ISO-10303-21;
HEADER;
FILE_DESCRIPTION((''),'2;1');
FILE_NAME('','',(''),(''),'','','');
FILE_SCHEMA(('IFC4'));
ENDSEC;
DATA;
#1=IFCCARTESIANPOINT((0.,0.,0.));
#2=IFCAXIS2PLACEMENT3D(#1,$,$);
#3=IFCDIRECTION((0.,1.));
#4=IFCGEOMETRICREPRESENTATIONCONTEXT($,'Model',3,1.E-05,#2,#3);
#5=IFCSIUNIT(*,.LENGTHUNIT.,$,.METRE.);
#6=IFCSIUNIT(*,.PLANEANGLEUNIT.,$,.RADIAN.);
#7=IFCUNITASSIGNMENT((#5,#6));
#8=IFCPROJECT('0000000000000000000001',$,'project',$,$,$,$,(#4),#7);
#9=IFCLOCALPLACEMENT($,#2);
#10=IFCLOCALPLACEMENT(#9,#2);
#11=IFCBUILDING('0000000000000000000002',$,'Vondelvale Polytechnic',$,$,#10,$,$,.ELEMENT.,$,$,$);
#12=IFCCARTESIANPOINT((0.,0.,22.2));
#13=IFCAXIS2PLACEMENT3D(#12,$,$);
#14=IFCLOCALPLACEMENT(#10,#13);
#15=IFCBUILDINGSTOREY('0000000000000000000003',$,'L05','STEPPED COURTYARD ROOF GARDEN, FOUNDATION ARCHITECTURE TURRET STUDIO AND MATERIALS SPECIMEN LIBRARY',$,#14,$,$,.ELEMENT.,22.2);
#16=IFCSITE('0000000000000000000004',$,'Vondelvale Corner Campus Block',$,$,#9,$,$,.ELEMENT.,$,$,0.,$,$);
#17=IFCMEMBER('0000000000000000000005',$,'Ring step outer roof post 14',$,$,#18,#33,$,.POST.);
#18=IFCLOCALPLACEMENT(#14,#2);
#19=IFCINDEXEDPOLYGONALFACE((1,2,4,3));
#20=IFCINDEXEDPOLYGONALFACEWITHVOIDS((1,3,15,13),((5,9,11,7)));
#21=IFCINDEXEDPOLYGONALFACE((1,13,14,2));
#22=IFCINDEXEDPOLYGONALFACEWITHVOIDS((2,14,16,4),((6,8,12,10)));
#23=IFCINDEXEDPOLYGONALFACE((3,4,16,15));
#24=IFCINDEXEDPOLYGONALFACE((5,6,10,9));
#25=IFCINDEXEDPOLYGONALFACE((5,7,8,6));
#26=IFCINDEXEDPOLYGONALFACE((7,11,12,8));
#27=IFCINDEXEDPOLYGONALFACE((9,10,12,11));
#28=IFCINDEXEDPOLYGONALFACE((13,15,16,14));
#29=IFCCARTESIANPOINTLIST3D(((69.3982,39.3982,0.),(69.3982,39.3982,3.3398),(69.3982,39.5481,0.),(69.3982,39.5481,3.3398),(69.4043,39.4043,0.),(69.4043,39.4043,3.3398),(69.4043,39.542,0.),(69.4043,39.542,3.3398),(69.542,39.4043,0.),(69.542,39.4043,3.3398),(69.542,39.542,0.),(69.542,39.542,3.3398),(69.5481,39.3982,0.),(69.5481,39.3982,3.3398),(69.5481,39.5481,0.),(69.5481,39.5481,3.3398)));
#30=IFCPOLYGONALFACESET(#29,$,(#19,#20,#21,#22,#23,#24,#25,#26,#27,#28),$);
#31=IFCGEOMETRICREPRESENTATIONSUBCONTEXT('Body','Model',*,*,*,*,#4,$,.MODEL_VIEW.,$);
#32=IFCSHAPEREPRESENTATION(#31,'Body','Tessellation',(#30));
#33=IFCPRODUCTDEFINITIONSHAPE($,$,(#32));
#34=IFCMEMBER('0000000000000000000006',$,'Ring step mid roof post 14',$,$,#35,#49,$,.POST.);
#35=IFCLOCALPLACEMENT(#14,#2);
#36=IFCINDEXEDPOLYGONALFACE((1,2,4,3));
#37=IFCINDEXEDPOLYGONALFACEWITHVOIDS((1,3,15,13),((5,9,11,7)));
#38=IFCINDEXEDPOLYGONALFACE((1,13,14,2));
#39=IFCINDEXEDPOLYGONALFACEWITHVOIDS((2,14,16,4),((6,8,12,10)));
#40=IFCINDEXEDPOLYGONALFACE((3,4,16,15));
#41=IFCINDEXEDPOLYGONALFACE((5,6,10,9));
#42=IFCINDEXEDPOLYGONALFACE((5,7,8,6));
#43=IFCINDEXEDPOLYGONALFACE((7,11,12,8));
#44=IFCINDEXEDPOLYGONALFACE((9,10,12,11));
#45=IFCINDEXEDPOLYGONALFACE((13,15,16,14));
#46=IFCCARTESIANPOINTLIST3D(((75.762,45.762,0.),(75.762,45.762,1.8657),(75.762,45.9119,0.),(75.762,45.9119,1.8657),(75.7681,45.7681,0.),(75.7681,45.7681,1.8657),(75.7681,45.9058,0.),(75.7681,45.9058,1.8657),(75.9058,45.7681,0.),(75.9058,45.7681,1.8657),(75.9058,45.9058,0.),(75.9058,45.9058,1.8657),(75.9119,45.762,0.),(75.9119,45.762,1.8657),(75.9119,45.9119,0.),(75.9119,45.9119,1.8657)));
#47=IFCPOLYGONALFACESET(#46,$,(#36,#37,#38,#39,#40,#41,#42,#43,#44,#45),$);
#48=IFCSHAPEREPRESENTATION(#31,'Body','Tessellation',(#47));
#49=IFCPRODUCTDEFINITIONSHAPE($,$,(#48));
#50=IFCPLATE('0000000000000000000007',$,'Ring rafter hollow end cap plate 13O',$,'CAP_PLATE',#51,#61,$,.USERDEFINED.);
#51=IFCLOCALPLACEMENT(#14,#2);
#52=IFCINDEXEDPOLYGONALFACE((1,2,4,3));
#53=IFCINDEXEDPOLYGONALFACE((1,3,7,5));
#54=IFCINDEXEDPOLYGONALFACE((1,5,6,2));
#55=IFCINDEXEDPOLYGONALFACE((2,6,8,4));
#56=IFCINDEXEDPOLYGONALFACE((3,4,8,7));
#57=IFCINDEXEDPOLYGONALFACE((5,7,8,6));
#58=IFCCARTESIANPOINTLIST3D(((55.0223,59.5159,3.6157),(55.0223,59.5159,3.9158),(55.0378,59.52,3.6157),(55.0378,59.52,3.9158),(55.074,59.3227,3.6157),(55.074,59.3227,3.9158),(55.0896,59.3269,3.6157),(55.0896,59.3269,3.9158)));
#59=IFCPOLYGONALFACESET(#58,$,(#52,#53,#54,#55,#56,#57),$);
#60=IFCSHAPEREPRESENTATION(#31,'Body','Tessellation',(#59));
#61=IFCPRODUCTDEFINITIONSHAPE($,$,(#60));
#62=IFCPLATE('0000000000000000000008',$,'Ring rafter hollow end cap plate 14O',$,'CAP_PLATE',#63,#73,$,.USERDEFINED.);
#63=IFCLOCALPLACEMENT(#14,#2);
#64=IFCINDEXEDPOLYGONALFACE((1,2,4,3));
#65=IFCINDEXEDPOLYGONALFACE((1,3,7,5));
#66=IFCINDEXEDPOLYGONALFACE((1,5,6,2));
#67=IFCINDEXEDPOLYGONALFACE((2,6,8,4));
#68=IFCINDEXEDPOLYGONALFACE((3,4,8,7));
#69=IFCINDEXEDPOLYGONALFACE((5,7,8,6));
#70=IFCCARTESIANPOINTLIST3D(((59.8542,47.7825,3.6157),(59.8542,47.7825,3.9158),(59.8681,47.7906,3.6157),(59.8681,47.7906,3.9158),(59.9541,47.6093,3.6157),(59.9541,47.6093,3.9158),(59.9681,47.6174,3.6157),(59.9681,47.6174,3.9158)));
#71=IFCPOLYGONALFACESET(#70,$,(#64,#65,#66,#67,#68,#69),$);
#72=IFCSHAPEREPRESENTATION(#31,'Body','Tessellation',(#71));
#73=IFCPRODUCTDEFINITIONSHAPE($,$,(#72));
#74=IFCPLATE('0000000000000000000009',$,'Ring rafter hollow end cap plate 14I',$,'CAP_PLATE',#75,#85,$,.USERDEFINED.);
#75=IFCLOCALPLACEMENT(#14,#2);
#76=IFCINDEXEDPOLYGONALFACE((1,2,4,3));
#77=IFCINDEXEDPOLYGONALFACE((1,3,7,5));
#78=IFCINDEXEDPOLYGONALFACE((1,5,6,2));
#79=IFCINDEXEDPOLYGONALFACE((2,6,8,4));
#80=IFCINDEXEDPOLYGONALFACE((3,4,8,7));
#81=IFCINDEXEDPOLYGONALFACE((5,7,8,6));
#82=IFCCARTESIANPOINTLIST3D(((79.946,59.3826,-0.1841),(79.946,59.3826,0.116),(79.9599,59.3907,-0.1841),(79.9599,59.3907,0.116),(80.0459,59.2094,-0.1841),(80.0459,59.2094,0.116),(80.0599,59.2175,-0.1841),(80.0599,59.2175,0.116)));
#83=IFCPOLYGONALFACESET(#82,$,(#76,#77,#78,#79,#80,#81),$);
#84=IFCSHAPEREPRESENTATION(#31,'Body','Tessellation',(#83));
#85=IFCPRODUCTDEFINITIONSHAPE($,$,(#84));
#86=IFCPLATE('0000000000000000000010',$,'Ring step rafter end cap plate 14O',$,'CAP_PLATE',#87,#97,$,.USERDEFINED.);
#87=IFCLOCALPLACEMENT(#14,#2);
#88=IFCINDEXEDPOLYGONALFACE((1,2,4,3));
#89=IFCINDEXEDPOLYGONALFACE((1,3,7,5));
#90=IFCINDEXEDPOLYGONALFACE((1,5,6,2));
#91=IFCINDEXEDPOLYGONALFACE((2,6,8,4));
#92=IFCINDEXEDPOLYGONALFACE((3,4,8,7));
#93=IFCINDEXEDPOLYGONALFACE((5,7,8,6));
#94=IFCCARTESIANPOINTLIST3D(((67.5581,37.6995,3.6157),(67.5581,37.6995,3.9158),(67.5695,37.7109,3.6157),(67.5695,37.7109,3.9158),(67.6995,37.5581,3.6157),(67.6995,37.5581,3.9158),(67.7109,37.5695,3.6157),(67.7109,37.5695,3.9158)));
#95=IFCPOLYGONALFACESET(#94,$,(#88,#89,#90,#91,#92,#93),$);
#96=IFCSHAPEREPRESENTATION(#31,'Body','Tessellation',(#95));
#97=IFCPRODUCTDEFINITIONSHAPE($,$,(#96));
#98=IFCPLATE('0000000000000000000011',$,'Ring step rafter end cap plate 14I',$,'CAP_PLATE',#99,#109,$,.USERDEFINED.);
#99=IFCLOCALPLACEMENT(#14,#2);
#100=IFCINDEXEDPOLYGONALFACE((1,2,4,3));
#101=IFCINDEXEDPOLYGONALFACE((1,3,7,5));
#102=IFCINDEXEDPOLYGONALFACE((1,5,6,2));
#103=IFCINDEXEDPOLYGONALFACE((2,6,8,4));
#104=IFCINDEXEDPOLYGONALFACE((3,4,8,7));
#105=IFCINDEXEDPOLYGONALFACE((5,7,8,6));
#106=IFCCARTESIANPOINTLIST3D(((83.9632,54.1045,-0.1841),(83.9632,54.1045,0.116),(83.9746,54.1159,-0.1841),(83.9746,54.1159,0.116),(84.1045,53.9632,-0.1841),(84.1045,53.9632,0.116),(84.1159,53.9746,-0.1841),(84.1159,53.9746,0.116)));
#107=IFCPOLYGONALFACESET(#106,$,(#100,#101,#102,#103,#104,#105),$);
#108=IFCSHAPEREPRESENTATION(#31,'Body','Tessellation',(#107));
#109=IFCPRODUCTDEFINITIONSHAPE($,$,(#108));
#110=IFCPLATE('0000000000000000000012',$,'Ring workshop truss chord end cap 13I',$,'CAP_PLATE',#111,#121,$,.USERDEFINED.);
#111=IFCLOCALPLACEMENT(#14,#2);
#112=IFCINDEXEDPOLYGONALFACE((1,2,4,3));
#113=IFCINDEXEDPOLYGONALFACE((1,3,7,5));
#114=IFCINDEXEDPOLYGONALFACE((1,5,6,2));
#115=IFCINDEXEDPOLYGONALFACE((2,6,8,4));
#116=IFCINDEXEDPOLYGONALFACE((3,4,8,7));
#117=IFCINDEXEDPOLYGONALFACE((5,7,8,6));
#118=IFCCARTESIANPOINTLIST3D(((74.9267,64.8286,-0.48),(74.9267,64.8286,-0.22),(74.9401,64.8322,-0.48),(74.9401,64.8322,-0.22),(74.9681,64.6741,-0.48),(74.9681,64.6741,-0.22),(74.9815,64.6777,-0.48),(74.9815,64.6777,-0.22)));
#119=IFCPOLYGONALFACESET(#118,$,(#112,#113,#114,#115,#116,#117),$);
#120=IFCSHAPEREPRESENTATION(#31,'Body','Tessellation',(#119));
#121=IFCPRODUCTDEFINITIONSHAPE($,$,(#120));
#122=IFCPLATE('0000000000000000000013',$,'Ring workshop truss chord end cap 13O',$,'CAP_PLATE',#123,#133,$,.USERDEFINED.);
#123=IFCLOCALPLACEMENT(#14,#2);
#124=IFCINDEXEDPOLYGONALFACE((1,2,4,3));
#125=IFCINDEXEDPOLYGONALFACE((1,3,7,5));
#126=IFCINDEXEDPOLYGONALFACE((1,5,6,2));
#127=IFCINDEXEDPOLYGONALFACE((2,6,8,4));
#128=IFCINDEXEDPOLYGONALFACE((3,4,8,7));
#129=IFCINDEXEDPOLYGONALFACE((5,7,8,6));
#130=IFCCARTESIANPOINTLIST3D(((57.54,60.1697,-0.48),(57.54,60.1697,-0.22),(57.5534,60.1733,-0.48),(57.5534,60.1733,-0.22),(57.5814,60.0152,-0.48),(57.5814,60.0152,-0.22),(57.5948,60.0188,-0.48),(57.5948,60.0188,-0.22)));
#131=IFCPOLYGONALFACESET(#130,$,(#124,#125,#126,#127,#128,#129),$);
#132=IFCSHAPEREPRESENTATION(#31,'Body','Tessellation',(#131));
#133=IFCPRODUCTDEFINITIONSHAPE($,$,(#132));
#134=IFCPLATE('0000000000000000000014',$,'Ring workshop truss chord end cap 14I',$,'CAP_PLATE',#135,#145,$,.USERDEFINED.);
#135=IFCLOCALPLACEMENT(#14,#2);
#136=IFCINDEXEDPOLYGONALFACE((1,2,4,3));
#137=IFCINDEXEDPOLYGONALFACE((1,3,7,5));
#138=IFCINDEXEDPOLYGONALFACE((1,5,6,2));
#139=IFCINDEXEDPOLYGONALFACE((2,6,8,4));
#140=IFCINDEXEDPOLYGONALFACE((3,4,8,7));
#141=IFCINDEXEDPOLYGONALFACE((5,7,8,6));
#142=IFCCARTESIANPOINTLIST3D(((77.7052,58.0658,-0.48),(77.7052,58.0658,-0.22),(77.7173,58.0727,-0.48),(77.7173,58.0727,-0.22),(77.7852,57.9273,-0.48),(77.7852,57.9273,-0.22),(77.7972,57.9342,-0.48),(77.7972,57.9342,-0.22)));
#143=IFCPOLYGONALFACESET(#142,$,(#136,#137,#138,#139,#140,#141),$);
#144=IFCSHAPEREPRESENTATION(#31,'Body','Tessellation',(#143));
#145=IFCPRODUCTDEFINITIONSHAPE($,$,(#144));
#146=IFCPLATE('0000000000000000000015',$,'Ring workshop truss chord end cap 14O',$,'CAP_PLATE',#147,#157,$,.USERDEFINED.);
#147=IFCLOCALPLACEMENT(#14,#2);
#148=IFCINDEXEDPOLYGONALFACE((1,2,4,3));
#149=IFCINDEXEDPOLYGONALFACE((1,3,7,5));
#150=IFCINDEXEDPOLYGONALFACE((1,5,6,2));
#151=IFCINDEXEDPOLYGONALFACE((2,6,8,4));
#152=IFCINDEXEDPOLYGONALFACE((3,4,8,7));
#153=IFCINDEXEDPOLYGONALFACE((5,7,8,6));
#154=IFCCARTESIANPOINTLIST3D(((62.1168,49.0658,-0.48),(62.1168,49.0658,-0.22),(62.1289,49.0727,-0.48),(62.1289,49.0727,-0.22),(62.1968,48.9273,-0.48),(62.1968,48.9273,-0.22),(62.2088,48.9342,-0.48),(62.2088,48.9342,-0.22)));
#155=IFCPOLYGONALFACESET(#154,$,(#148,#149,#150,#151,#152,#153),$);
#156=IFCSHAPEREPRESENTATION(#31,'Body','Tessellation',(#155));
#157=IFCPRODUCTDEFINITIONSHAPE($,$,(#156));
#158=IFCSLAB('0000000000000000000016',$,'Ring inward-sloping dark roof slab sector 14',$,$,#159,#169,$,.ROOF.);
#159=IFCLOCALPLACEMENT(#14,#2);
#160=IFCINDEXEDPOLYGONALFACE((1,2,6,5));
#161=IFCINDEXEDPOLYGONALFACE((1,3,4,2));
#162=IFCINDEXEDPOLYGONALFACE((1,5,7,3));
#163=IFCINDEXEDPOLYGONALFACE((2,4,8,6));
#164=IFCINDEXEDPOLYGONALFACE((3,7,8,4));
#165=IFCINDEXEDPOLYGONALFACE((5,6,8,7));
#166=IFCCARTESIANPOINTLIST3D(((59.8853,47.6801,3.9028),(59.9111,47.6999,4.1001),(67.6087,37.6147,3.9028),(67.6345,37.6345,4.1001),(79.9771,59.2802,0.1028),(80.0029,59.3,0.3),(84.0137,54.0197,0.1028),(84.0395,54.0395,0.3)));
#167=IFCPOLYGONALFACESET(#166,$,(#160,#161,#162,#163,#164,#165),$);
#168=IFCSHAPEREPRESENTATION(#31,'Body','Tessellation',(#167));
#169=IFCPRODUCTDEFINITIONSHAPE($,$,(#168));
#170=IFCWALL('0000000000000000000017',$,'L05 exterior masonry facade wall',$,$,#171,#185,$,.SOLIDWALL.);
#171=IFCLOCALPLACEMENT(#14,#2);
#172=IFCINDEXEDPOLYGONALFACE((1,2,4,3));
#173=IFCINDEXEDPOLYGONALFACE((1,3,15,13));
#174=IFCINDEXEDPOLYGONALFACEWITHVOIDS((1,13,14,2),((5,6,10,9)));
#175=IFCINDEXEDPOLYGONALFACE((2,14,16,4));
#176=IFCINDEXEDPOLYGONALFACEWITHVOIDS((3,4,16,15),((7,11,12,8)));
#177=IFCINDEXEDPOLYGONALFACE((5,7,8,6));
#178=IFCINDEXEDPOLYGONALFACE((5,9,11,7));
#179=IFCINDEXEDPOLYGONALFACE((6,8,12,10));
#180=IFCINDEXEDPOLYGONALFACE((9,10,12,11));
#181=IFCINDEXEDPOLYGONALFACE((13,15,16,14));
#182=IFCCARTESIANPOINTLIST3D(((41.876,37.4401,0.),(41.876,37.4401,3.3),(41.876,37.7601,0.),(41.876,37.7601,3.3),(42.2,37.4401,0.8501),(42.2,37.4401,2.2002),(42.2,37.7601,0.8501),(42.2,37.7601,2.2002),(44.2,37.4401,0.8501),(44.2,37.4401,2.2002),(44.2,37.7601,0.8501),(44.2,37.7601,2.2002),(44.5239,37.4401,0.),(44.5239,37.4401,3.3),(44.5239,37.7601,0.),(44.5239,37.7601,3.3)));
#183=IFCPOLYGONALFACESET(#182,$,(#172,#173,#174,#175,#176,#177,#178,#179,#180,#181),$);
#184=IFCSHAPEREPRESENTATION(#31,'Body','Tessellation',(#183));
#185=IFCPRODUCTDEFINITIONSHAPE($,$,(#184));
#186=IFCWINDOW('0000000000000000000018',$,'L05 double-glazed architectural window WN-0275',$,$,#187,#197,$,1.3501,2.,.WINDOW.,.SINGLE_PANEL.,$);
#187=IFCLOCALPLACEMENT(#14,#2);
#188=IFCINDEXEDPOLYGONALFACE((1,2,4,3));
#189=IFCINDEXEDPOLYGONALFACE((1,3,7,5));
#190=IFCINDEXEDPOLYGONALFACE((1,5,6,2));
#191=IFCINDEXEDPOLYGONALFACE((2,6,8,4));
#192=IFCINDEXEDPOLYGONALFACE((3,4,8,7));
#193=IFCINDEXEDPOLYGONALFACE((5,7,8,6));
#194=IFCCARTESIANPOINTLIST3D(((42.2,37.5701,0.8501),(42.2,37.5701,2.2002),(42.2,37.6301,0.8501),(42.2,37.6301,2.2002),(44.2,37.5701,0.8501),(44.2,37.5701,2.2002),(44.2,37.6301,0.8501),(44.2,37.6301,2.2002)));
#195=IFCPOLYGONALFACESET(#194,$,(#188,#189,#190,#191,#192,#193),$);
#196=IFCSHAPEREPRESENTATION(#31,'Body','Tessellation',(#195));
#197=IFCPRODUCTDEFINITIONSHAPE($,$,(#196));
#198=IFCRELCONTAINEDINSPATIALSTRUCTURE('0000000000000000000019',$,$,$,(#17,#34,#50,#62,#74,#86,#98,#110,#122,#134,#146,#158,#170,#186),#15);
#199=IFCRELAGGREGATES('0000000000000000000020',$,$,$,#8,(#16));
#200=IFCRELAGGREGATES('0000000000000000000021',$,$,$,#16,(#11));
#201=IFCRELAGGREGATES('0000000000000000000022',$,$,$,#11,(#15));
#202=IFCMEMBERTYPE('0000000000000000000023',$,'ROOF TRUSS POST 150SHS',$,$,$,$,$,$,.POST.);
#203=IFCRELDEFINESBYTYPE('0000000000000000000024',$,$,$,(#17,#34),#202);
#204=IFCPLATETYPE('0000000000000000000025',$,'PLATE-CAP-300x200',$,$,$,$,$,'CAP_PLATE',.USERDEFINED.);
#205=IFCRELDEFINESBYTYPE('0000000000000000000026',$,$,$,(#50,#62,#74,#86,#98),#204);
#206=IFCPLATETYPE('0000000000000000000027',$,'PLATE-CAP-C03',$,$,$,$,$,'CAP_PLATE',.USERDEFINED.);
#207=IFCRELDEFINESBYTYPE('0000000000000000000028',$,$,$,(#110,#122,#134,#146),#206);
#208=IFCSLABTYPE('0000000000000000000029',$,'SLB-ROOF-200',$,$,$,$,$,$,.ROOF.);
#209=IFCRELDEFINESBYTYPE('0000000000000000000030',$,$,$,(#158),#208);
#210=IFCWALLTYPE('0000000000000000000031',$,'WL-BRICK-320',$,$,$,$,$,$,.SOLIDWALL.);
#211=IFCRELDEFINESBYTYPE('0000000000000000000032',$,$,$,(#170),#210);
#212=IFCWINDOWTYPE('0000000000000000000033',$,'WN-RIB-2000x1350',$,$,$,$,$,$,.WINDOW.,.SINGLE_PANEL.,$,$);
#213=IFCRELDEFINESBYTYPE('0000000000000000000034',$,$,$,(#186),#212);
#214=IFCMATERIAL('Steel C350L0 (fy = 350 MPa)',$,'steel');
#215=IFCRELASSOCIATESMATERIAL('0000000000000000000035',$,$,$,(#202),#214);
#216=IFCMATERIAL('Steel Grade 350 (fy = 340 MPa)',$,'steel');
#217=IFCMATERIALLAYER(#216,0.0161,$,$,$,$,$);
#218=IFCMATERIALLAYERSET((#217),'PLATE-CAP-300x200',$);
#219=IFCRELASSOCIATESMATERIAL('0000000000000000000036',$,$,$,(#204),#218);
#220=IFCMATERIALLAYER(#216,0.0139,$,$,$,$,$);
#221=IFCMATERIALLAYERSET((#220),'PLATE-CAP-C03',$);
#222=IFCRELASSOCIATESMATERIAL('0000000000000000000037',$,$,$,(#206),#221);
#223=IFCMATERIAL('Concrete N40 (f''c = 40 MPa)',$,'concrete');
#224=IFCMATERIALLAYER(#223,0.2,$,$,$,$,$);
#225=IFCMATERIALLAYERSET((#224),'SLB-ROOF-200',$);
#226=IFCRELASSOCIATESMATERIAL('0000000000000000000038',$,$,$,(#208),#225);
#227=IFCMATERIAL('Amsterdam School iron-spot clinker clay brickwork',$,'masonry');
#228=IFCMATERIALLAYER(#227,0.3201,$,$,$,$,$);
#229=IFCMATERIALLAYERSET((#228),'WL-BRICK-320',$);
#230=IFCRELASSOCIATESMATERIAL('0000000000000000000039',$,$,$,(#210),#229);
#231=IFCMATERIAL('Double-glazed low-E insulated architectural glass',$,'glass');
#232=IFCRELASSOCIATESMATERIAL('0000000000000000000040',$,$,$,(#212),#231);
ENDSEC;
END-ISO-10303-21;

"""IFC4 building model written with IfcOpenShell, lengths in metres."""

from ifc_helpers import new_model, si_unit, direction, frame, frame_2d, origin, origin_2d, place, context, subcontext, project, spatial, polyline, rectangle, hollow_rectangle, outline, extrude, material, layer, layer_set, material_profile, profile_set, type_object, element, fill, save


model = new_model("IFC4")

# Units and contexts
model_context = context("Model", 3, precision=1e-05, world=origin(), true_north=direction((0.0, 1.0)))
body_context = subcontext(model_context, "Body", "Model", "MODEL_VIEW")
ifc_project = project(units=[si_unit("LENGTHUNIT", "METRE"), si_unit("PLANEANGLEUNIT", "RADIAN")], contexts=[model_context])

# Site, building, storey
site_placement = place(None, origin())
site = spatial("IfcSite", under=ifc_project, at=site_placement, Name="Vondelvale Corner Campus Block", CompositionType="ELEMENT", RefElevation=0.0)
building_placement = place(site_placement, origin())
building = spatial("IfcBuilding", under=site, at=building_placement, Name="Vondelvale Polytechnic", CompositionType="ELEMENT")
storey_placement = place(building_placement, frame((0.0, 0.0, 22.2)))
storey = spatial("IfcBuildingStorey", under=building, at=storey_placement, Name="L05", Description="STEPPED COURTYARD ROOF GARDEN, FOUNDATION ARCHITECTURE TURRET STUDIO AND MATERIALS SPECIMEN LIBRARY", CompositionType="ELEMENT", Elevation=22.2)

# Members
ifc_material_1 = material(Name="Steel C350L0 (fy = 350 MPa)", Category="steel")
ifc_material_profile_1 = material_profile(ifc_material_1, hollow_rectangle(XDim=0.1499, YDim=0.1499, WallThickness=0.0061, at=origin_2d()), Name="150x150x6.0SHS")
ifc_profile_set_1 = profile_set([ifc_material_profile_1], Name="Steel C350L0 (fy = 350 MPa)")
member_type_1 = type_object("IfcMemberType", Name="ROOF TRUSS POST 150SHS", PredefinedType="POST", material=ifc_profile_set_1)
member_1_placement = place(storey_placement, frame((69.4731, 39.4731, 0.0), z_axis=(0.0, 0.0, 1.0), x_axis=(1.0, 0.0, 0.0)))
element("IfcMember", 1, at=member_1_placement, inside=storey, type_object=member_type_1, Name="Ring step outer roof post 14", PredefinedType="POST", context=body_context, shape_type="SweptSolid", body=[
    extrude(hollow_rectangle(XDim=0.1499, YDim=0.1499, WallThickness=0.0061, at=origin_2d()), origin(), (0.0, 0.0, 1.0), 3.3398),
])
member_2_placement = place(storey_placement, frame((75.8369, 45.8369, 0.0), z_axis=(0.0, 0.0, 1.0), x_axis=(1.0, 0.0, 0.0)))
element("IfcMember", 2, at=member_2_placement, inside=storey, type_object=member_type_1, Name="Ring step mid roof post 14", PredefinedType="POST", context=body_context, shape_type="SweptSolid", body=[
    extrude(hollow_rectangle(XDim=0.1499, YDim=0.1499, WallThickness=0.0061, at=origin_2d()), origin(), (0.0, 0.0, 1.0), 1.8657),
])

# Plates
ifc_material_2 = material(Name="Steel Grade 350 (fy = 340 MPa)", Category="steel")
ifc_layer_1 = layer(ifc_material_2, 0.0161)
ifc_layer_set_1 = layer_set([ifc_layer_1], Name="PLATE-CAP-300x200")
plate_type_1 = type_object("IfcPlateType", Name="PLATE-CAP-300x200", ElementType="CAP_PLATE", PredefinedType="USERDEFINED", material=ifc_layer_set_1)
for number, where, z_axis, x_axis, name in (
    (3, (55.0559, 59.4214, 3.6157), (0.0, 0.0, 1.0), (0.965926, 0.258819, 0.0), "Ring rafter hollow end cap plate 13O"),
    (4, (59.9111, 47.7, 3.6157), (0.0, 0.0, 1.0), (0.866025, 0.5, 0.0), "Ring rafter hollow end cap plate 14O"),
    (5, (80.0029, 59.3, -0.1841), (0.0, 0.0, 1.0), (0.866025, 0.5, 0.0), "Ring rafter hollow end cap plate 14I"),
    (6, (67.6345, 37.6345, 3.6157), (0.0, 0.0, 1.0), (0.707107, 0.707107, 0.0), "Ring step rafter end cap plate 14O"),
    (7, (84.0396, 54.0396, -0.1841), (0.0, 0.0, 1.0), (0.707107, 0.707107, 0.0), "Ring step rafter end cap plate 14I"),
):
    element("IfcPlate", number, at=place(storey_placement, frame(where, z_axis=z_axis, x_axis=x_axis)), inside=storey, type_object=plate_type_1, Name=name, ObjectType="CAP_PLATE", PredefinedType="USERDEFINED", context=body_context, shape_type="SweptSolid", body=[
        extrude(rectangle(XDim=0.0161, YDim=0.2, at=origin_2d()), origin(), (0.0, 0.0, 1.0), 0.3),
    ])
ifc_layer_2 = layer(ifc_material_2, 0.0139)
ifc_layer_set_2 = layer_set([ifc_layer_2], Name="PLATE-CAP-C03")
plate_type_2 = type_object("IfcPlateType", Name="PLATE-CAP-C03", ElementType="CAP_PLATE", PredefinedType="USERDEFINED", material=ifc_layer_set_2)
for number, where, z_axis, x_axis, name in (
    (8, (74.9541, 64.7532, -0.48), (0.0, 0.0, 1.0), (0.965926, 0.258819, 0.0), "Ring workshop truss chord end cap 13I"),
    (9, (57.5674, 60.0942, -0.48), (0.0, 0.0, 1.0), (0.965926, 0.258819, 0.0), "Ring workshop truss chord end cap 13O"),
    (10, (77.7512, 58.0, -0.48), (0.0, 0.0, 1.0), (0.866025, 0.5, 0.0), "Ring workshop truss chord end cap 14I"),
    (11, (62.1628, 49.0, -0.48), (0.0, 0.0, 1.0), (0.866025, 0.5, 0.0), "Ring workshop truss chord end cap 14O"),
):
    element("IfcPlate", number, at=place(storey_placement, frame(where, z_axis=z_axis, x_axis=x_axis)), inside=storey, type_object=plate_type_2, Name=name, ObjectType="CAP_PLATE", PredefinedType="USERDEFINED", context=body_context, shape_type="SweptSolid", body=[
        extrude(rectangle(XDim=0.0139, YDim=0.1599, at=origin_2d()), origin(), (0.0, 0.0, 1.0), 0.26),
    ])

# Slab
ifc_material_3 = material(Name="Concrete N40 (f'c = 40 MPa)", Category="concrete")
ifc_layer_3 = layer(ifc_material_3, 0.2)
ifc_layer_set_3 = layer_set([ifc_layer_3], Name="SLB-ROOF-200")
slab_type = type_object("IfcSlabType", Name="SLB-ROOF-200", PredefinedType="ROOF", material=ifc_layer_set_3)
slab_placement = place(storey_placement, frame((80.0029, 59.3, 0.3), z_axis=(0.129315, 0.099227, 0.986626), x_axis=(-0.854635, -0.493428, 0.16164)))
element("IfcSlab", 12, at=slab_placement, inside=storey, type_object=slab_type, Name="Ring inward-sloping dark roof slab sector 14", PredefinedType="ROOF", context=body_context, shape_type="SweptSolid", body=[
    extrude(outline(polyline([(0.0, 0.0), (23.5092, 0.0), (21.8751, 12.5815), (-0.8542, 6.5755), (0.0, 0.0)])), origin(), (0.0, 0.0, -1.0), 0.2),
])

# Wall, opening, window
ifc_material_4 = material(Name="Amsterdam School iron-spot clinker clay brickwork", Category="masonry")
ifc_layer_4 = layer(ifc_material_4, 0.3201)
ifc_layer_set_4 = layer_set([ifc_layer_4], Name="WL-BRICK-320")
wall_type_1 = type_object("IfcWallType", Name="WL-BRICK-320", PredefinedType="SOLIDWALL", material=ifc_layer_set_4)
wall_1_placement = place(storey_placement, frame((41.876, 37.6001, 0.0), z_axis=(0.0, 0.0, 1.0), x_axis=(1.0, 0.0, 0.0)))
wall_1 = element("IfcWall", 13, at=wall_1_placement, inside=storey, type_object=wall_type_1, Name="L05 exterior masonry facade wall", PredefinedType="SOLIDWALL", context=body_context, shape_type="SweptSolid", body=[
    extrude(rectangle(XDim=2.6479, YDim=0.3201, at=frame_2d((1.324, 0.0))), origin(), (0.0, 0.0, 1.0), 3.3),
])
opening_placement = place(wall_1_placement, frame((0.324, 0.0, 0.8501)))
opening = element("IfcOpeningElement", 14, at=opening_placement, cuts=wall_1, PredefinedType="OPENING", context=body_context, shape_type="SweptSolid", body=[
    extrude(rectangle(XDim=2.0, YDim=1.3501, at=frame_2d((1.0, 0.675))), frame((0.0, 0.1699, 0.0), z_axis=(0.0, -1.0, 0.0), x_axis=(1.0, 0.0, 0.0)), (0.0, 0.0, 1.0), 0.3401),
])
ifc_material_5 = material(Name="Double-glazed low-E insulated architectural glass", Category="glass")
window_type = type_object("IfcWindowType", Name="WN-RIB-2000x1350", PartitioningType="SINGLE_PANEL", PredefinedType="WINDOW", material=ifc_material_5)
window_placement = place(opening_placement, origin())
window = element("IfcWindow", 15, at=window_placement, inside=storey, type_object=window_type, Name="L05 double-glazed architectural window WN-0275", OverallHeight=1.3501, OverallWidth=2.0, PartitioningType="SINGLE_PANEL", PredefinedType="WINDOW", context=body_context, shape_type="SweptSolid", body=[
    extrude(rectangle(XDim=2.0, YDim=1.3501, at=frame_2d((1.0, 0.675))), frame((0.0, 0.03, 0.0), z_axis=(0.0, -1.0, 0.0), x_axis=(1.0, 0.0, 0.0)), (0.0, 0.0, 1.0), 0.0601),
])
fill(opening, window)

save(model, "model.ifc")
